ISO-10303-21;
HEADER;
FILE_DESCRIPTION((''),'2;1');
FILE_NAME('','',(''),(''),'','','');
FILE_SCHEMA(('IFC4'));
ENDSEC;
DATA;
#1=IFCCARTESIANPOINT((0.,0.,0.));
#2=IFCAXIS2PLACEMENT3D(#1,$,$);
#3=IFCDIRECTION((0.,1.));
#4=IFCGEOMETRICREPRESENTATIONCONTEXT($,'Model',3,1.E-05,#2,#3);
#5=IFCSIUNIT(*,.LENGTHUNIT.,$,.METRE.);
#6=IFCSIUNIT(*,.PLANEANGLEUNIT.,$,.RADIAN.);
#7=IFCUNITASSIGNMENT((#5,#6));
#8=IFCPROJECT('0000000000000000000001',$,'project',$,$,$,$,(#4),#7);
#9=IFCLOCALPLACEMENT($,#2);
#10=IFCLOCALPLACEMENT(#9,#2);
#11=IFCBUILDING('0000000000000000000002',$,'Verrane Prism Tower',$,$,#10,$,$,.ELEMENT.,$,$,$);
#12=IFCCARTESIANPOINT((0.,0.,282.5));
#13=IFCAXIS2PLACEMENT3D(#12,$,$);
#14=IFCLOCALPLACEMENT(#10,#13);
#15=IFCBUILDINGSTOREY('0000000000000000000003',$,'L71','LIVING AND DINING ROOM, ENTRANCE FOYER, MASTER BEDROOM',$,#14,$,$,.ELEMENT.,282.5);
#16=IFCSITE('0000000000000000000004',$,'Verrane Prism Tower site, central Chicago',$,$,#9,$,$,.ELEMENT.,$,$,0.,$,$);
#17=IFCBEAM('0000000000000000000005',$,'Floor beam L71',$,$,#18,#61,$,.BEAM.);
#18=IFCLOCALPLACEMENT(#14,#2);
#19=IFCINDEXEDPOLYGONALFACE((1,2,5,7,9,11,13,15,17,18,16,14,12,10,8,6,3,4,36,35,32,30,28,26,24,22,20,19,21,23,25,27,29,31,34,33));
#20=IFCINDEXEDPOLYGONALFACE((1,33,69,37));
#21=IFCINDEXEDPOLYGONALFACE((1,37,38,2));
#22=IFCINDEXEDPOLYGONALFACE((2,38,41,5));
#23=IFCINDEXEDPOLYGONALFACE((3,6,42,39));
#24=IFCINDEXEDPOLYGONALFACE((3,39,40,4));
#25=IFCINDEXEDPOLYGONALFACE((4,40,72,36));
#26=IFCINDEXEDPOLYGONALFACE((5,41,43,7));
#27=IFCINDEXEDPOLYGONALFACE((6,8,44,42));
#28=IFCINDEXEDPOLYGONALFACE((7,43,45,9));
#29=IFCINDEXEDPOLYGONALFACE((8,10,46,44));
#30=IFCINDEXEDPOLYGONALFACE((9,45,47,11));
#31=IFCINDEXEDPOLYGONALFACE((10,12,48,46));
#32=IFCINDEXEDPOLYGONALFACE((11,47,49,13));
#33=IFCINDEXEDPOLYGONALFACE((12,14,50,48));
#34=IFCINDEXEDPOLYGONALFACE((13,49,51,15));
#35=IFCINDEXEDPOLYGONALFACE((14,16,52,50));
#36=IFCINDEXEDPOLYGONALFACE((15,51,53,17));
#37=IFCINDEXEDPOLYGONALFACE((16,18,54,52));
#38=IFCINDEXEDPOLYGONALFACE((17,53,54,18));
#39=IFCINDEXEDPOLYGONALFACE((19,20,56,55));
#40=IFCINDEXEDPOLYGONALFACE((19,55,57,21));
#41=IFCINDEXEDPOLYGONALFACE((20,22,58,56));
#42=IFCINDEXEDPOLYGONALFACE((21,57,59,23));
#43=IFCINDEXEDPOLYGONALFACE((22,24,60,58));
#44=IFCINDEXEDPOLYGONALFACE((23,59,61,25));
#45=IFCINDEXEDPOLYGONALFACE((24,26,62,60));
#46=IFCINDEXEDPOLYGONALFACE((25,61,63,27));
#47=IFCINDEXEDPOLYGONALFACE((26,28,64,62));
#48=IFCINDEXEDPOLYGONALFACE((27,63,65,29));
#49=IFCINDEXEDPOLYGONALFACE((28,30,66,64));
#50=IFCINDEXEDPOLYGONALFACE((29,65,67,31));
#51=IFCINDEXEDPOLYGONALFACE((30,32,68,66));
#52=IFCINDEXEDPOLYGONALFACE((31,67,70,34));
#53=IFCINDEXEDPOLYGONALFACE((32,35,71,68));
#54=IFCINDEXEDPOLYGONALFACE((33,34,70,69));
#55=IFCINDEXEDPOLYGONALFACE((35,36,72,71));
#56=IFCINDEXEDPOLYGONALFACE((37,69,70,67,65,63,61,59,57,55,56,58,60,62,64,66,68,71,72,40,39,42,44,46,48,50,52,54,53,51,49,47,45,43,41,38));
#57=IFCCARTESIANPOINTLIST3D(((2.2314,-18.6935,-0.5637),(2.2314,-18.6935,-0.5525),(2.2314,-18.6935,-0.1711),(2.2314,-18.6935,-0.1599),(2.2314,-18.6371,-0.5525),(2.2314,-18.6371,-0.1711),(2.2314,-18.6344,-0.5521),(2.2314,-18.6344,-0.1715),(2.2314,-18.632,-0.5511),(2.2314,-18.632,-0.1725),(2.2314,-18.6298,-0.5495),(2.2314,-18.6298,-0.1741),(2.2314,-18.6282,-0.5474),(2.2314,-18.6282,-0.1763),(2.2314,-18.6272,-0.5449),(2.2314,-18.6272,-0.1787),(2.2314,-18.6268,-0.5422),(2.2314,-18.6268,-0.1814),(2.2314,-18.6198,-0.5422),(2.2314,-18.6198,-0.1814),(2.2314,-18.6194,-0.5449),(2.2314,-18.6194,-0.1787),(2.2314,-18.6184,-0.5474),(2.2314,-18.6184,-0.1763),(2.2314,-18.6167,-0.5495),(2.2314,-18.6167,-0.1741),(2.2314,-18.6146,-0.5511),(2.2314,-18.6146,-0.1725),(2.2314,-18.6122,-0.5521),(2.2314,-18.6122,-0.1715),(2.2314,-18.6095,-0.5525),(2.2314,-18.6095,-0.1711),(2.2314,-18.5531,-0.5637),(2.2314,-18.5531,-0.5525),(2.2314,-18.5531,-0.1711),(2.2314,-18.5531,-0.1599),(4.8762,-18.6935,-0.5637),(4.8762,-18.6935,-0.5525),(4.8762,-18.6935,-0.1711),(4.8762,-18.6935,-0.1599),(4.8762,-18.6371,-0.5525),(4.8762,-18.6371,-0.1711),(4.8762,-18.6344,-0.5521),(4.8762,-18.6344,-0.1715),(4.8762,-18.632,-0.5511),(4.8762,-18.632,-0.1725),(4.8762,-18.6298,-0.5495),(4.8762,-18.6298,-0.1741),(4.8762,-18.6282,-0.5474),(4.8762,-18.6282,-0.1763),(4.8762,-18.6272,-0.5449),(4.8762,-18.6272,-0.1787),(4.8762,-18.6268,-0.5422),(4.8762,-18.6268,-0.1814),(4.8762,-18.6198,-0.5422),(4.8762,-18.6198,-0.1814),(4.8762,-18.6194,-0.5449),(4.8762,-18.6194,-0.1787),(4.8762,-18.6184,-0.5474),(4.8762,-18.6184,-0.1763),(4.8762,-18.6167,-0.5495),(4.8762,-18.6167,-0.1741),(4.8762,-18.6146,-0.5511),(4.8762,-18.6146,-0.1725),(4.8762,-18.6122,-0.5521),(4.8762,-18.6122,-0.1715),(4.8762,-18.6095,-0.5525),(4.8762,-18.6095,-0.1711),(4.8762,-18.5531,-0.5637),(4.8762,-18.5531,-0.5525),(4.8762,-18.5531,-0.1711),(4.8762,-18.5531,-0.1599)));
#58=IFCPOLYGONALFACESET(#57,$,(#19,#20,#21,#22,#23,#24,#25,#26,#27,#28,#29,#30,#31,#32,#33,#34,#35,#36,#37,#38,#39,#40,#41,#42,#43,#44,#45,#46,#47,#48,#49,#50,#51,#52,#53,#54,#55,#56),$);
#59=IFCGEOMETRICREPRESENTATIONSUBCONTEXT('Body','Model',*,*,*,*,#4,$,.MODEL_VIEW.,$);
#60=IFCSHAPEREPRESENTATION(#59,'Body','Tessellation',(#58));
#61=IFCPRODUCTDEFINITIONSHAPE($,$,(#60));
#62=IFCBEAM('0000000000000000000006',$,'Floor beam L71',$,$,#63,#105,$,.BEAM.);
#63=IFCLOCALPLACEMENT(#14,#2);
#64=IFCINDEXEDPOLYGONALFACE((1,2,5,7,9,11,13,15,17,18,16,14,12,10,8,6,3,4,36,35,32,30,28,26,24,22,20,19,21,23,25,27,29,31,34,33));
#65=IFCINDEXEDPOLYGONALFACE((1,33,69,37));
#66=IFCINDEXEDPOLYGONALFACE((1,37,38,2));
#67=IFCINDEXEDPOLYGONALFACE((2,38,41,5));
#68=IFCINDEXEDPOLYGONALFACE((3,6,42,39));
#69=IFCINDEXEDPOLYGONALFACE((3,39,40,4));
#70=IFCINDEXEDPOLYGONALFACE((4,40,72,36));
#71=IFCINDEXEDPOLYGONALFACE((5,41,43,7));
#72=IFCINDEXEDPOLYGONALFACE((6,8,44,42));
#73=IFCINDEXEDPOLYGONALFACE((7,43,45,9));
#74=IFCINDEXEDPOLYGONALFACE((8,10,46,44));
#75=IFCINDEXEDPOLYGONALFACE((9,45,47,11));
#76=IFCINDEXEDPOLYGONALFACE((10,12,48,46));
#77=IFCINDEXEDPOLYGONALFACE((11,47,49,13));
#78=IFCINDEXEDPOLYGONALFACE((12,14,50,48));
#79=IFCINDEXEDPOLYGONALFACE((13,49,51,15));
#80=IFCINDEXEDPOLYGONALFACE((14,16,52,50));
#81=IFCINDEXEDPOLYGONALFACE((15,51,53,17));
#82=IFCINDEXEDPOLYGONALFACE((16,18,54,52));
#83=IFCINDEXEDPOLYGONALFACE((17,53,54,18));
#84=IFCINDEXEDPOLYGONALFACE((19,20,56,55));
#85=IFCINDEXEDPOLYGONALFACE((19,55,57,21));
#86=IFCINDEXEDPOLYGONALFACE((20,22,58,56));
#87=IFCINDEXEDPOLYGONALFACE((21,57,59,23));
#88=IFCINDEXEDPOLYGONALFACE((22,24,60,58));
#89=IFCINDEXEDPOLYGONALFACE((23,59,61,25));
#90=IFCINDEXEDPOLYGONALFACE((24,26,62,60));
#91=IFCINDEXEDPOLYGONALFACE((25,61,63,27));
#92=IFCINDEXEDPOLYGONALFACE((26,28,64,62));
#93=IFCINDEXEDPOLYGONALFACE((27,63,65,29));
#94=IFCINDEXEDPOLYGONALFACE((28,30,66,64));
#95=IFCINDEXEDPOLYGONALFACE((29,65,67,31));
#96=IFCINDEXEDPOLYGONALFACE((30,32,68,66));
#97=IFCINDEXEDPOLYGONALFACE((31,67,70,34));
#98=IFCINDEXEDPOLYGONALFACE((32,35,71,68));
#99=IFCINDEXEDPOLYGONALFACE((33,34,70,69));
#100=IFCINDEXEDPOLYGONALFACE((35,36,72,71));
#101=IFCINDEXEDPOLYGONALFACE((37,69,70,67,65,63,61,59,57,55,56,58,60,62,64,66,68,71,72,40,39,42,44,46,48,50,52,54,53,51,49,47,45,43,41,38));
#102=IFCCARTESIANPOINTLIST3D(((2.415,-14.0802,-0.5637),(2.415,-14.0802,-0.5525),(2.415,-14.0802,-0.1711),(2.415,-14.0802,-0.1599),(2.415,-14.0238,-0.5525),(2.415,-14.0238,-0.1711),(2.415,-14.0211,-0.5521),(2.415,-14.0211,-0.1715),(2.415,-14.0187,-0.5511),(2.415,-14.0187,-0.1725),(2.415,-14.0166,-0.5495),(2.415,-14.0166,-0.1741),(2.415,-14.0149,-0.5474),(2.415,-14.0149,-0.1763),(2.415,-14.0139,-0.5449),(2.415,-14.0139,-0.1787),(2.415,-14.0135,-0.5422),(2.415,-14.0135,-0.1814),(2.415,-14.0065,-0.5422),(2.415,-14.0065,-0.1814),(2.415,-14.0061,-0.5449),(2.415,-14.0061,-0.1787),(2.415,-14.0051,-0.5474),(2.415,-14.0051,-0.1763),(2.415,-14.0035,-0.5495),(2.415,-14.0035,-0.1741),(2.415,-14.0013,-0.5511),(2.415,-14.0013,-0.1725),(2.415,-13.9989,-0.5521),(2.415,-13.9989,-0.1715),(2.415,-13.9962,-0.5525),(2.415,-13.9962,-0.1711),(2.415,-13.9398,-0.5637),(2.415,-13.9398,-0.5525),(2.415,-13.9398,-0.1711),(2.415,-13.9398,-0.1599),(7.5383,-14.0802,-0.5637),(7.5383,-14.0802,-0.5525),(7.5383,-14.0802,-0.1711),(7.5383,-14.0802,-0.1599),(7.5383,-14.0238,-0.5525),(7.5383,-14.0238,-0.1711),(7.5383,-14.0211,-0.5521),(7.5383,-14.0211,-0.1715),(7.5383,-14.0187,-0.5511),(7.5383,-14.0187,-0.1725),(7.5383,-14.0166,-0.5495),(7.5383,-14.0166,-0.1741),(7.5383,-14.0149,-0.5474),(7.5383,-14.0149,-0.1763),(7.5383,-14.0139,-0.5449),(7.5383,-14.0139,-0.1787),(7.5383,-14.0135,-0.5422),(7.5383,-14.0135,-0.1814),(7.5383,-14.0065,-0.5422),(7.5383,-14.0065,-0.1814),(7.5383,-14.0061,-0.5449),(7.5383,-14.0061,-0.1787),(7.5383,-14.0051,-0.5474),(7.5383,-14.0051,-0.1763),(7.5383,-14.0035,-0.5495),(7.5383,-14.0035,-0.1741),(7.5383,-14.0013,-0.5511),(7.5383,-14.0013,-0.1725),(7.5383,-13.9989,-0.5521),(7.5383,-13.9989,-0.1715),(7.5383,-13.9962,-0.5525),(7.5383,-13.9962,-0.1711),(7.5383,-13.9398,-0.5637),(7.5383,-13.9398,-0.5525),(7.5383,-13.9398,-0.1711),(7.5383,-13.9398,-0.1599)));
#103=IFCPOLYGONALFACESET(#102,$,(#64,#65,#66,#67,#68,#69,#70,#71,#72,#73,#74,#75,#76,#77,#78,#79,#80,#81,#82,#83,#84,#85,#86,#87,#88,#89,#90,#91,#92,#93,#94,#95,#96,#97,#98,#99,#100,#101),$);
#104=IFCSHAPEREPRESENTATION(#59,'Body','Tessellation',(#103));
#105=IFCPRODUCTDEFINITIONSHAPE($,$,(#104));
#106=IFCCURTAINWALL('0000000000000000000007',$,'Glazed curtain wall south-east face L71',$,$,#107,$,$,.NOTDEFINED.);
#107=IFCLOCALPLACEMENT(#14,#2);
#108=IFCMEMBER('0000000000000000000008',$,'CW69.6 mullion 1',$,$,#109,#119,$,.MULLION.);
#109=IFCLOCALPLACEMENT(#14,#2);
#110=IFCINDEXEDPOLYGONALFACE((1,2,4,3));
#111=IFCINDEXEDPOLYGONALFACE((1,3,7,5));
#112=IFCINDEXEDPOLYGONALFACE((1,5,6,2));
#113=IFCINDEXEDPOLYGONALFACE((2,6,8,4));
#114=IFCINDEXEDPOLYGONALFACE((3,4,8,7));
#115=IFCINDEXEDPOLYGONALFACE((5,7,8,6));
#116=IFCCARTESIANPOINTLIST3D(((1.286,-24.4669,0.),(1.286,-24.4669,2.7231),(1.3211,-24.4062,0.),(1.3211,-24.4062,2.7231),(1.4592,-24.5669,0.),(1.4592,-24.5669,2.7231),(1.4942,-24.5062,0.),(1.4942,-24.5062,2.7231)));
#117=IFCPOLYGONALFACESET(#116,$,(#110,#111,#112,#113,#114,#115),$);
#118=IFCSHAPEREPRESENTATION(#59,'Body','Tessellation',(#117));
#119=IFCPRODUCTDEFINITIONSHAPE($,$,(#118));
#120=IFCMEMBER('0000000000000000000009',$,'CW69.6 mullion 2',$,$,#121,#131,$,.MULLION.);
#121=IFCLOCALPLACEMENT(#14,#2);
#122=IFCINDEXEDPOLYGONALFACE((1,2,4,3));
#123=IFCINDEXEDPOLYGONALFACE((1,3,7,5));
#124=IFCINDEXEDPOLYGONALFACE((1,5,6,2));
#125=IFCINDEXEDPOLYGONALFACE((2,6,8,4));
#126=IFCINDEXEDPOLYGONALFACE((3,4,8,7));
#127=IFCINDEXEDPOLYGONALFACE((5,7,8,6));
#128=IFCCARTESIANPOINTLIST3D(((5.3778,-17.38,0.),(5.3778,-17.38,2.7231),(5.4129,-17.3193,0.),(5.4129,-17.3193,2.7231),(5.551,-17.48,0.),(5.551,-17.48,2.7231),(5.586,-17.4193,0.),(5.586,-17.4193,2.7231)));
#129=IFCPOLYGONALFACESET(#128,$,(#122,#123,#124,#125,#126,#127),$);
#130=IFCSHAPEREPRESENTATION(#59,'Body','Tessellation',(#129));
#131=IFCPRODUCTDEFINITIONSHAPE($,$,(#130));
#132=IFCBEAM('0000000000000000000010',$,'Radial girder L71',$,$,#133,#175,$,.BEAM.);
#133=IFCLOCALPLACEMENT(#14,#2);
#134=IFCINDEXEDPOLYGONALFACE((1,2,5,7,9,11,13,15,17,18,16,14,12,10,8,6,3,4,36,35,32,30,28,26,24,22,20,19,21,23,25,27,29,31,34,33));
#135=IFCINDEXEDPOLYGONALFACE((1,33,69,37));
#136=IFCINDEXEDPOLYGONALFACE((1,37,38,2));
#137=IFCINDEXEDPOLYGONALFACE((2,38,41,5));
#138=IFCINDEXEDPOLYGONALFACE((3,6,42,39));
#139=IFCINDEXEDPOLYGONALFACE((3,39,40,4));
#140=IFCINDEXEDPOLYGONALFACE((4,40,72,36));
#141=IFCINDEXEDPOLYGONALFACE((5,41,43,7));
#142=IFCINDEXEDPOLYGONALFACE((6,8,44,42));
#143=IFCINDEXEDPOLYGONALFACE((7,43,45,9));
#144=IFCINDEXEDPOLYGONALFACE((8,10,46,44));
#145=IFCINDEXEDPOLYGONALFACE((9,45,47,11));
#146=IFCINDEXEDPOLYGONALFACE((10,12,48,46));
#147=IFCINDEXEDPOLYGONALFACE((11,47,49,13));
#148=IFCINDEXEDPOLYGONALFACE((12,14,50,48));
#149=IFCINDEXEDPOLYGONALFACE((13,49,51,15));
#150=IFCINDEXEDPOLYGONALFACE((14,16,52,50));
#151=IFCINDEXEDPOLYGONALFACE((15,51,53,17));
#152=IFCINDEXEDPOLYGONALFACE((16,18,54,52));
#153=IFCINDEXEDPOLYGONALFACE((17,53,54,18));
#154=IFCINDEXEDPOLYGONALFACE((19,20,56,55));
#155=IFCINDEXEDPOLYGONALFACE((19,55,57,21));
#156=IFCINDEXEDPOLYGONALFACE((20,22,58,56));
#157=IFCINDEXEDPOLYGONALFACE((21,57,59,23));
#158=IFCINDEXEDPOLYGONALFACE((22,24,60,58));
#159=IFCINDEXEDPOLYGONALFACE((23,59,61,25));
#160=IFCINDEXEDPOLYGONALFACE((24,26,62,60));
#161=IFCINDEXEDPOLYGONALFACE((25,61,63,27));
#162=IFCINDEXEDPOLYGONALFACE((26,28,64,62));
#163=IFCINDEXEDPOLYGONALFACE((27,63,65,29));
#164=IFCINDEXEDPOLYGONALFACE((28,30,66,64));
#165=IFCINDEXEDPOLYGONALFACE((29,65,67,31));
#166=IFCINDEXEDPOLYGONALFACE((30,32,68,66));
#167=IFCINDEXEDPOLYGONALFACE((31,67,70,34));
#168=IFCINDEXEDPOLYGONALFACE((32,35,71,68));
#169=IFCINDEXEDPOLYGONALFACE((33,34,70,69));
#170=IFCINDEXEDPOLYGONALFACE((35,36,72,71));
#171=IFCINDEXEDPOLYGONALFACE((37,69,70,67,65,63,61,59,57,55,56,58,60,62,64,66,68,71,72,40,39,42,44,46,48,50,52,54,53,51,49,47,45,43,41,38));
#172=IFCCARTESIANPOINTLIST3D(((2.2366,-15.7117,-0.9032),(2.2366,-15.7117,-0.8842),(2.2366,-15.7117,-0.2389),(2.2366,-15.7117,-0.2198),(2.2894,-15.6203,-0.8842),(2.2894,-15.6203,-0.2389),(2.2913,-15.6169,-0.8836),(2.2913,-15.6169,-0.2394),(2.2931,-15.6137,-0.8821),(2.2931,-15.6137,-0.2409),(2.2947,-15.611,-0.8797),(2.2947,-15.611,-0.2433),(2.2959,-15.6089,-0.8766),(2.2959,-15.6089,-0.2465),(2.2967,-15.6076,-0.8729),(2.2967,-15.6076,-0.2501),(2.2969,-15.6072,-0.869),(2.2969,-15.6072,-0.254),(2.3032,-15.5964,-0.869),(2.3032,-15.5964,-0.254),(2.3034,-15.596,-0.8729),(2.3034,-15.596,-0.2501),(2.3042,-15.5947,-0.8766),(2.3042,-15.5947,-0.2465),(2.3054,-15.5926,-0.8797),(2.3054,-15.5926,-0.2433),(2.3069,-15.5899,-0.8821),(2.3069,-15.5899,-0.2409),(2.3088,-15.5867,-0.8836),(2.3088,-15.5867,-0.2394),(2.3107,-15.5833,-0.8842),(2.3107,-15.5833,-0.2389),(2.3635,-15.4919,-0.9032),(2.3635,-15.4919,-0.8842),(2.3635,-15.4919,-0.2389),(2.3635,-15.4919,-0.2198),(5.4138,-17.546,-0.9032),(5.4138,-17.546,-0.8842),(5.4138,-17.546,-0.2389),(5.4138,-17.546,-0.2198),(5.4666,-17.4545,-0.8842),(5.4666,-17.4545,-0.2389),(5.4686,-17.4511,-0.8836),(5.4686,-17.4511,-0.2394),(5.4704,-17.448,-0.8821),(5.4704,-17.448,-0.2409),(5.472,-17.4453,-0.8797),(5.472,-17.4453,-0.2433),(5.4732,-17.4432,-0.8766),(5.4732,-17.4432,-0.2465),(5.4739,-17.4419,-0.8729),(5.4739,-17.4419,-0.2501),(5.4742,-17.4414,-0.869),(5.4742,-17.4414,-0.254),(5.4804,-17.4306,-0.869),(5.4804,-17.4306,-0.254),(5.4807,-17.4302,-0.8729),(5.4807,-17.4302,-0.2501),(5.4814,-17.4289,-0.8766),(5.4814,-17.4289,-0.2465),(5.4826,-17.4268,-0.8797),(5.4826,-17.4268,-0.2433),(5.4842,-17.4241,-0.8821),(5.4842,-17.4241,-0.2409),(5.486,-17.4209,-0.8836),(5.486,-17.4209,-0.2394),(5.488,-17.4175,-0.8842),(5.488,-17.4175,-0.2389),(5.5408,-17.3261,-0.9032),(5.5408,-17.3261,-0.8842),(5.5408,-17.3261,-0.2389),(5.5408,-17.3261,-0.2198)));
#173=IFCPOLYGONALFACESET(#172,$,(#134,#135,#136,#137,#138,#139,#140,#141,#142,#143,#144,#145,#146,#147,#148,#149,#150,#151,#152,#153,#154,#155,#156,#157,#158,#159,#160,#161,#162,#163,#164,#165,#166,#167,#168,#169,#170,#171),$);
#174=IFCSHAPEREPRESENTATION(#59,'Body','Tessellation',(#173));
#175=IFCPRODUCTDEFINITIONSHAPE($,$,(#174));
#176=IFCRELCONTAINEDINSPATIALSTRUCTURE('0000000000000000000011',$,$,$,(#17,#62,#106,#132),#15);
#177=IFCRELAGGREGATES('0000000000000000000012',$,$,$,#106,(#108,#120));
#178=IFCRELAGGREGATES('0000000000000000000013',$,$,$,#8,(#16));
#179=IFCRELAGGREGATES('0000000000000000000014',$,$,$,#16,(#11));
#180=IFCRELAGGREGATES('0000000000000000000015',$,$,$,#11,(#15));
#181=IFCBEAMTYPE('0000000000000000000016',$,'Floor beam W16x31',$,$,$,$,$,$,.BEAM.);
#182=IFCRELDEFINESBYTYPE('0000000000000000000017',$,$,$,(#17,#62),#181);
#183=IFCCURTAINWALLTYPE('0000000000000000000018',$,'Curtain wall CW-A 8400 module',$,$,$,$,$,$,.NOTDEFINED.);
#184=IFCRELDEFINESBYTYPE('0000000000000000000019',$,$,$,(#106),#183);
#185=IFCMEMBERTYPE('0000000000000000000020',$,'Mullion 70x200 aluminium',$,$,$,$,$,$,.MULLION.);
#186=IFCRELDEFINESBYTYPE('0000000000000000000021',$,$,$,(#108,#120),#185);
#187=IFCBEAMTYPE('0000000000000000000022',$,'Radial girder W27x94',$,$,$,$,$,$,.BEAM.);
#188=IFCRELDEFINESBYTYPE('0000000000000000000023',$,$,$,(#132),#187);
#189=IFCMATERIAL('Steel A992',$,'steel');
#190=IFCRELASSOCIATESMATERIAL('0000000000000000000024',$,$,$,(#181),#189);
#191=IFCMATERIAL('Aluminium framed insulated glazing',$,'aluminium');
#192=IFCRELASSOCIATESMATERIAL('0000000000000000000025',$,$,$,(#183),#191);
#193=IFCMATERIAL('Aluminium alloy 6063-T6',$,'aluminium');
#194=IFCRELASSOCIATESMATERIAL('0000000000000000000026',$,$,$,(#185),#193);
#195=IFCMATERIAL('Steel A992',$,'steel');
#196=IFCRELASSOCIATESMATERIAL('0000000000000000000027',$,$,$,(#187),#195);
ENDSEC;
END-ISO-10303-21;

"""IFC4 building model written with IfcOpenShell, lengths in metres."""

from ifc_helpers import new_model, si_unit, direction, frame, origin, origin_2d, place, context, subcontext, project, spatial, rectangle, i_section, extrude, material, material_profile, profile_set, type_object, element, aggregate, save


model = new_model("IFC4")

# Units and contexts
model_context = context("Model", 3, precision=1e-05, world=origin(), true_north=direction((0.0, 1.0)))
body_context = subcontext(model_context, "Body", "Model", "MODEL_VIEW")
ifc_project = project(units=[si_unit("LENGTHUNIT", "METRE"), si_unit("PLANEANGLEUNIT", "RADIAN")], contexts=[model_context])

# Site, building, storey
site_placement = place(None, origin())
site = spatial("IfcSite", under=ifc_project, at=site_placement, Name="Verrane Prism Tower site, central Chicago", CompositionType="ELEMENT", RefElevation=0.0)
building_placement = place(site_placement, origin())
building = spatial("IfcBuilding", under=site, at=building_placement, Name="Verrane Prism Tower", CompositionType="ELEMENT")
storey_placement = place(building_placement, frame((0.0, 0.0, 282.5)))
storey = spatial("IfcBuildingStorey", under=building, at=storey_placement, Name="L71", Description="LIVING AND DINING ROOM, ENTRANCE FOYER, MASTER BEDROOM", CompositionType="ELEMENT", Elevation=282.5)

# Beams
ifc_material_1 = material(Name="Steel A992", Category="steel")
ifc_material_profile_1 = material_profile(ifc_material_1, i_section(OverallWidth=0.1404, OverallDepth=0.4038, WebThickness=0.0071, FlangeThickness=0.0112, FilletRadius=0.0103, at=origin_2d()), Name="W16x31")
ifc_profile_set_1 = profile_set([ifc_material_profile_1], Name="Steel A992")
beam_type_1 = type_object("IfcBeamType", Name="Floor beam W16x31", PredefinedType="BEAM", material=ifc_profile_set_1)
beam_1_placement = place(storey_placement, frame((2.2314, -18.6233, -0.3618), z_axis=(1.0, 0.0, 0.0), x_axis=(0.0, 1.0, 0.0)))
element("IfcBeam", 1, at=beam_1_placement, inside=storey, type_object=beam_type_1, Name="Floor beam L71", PredefinedType="BEAM", context=body_context, shape_type="SweptSolid", body=[
    extrude(i_section(OverallWidth=0.1404, OverallDepth=0.4038, WebThickness=0.0071, FlangeThickness=0.0112, FilletRadius=0.0103, at=origin_2d()), origin(), (0.0, 0.0, 1.0), 2.6448),
])
beam_2_placement = place(storey_placement, frame((2.415, -14.01, -0.3618), z_axis=(1.0, 0.0, 0.0), x_axis=(0.0, 1.0, 0.0)))
element("IfcBeam", 2, at=beam_2_placement, inside=storey, type_object=beam_type_1, Name="Floor beam L71", PredefinedType="BEAM", context=body_context, shape_type="SweptSolid", body=[
    extrude(i_section(OverallWidth=0.1404, OverallDepth=0.4038, WebThickness=0.0071, FlangeThickness=0.0112, FilletRadius=0.0103, at=origin_2d()), origin(), (0.0, 0.0, 1.0), 5.1233),
])

# Curtain wall, members
ifc_material_2 = material(Name="Aluminium framed insulated glazing", Category="aluminium")
curtain_wall_type = type_object("IfcCurtainWallType", Name="Curtain wall CW-A 8400 module", PredefinedType="NOTDEFINED", material=ifc_material_2)
curtain_wall_1_placement = place(storey_placement, origin())
curtain_wall_1 = element("IfcCurtainWall", 3, at=curtain_wall_1_placement, inside=storey, type_object=curtain_wall_type, Name="Glazed curtain wall south-east face L71", PredefinedType="NOTDEFINED")
ifc_material_3 = material(Name="Aluminium alloy 6063-T6", Category="aluminium")
ifc_material_profile_2 = material_profile(ifc_material_3, rectangle(XDim=0.2, YDim=0.0701, at=origin_2d()), Name="Mullion 70x200 aluminium")
ifc_profile_set_2 = profile_set([ifc_material_profile_2], Name="Aluminium alloy 6063-T6")
member_type_1 = type_object("IfcMemberType", Name="Mullion 70x200 aluminium", PredefinedType="MULLION", material=ifc_profile_set_2)
member_1_placement = place(storey_placement, frame((1.3901, -24.4866, 0.0), z_axis=(0.0, 0.0, 1.0), x_axis=(-0.866025, 0.500001, 0.0)))
member_1 = element("IfcMember", 4, at=member_1_placement, type_object=member_type_1, Name="CW69.6 mullion 1", PredefinedType="MULLION", context=body_context, shape_type="SweptSolid", body=[
    extrude(rectangle(XDim=0.2, YDim=0.0701, at=origin_2d()), origin(), (0.0, 0.0, 1.0), 2.7231),
])
member_2_placement = place(storey_placement, frame((5.4819, -17.3997, 0.0), z_axis=(0.0, 0.0, 1.0), x_axis=(-0.866025, 0.500001, 0.0)))
member_2 = element("IfcMember", 5, at=member_2_placement, type_object=member_type_1, Name="CW69.6 mullion 2", PredefinedType="MULLION", context=body_context, shape_type="SweptSolid", body=[
    extrude(rectangle(XDim=0.2, YDim=0.0701, at=origin_2d()), origin(), (0.0, 0.0, 1.0), 2.7231),
])

# Beam
ifc_material_4 = material(Name="Steel A992", Category="steel")
ifc_material_profile_3 = material_profile(ifc_material_4, i_section(OverallWidth=0.2539, OverallDepth=0.6833, WebThickness=0.0125, FlangeThickness=0.019, FilletRadius=0.0151, at=origin_2d()), Name="W27x94")
ifc_profile_set_3 = profile_set([ifc_material_profile_3], Name="Steel A992")
beam_type_2 = type_object("IfcBeamType", Name="Radial girder W27x94", PredefinedType="BEAM", material=ifc_profile_set_3)
beam_3_placement = place(storey_placement, frame((5.4773, -17.436, -0.5615), z_axis=(-0.866044, 0.499968, 0.0), x_axis=(-0.499968, -0.866044, 0.0)))
element("IfcBeam", 6, at=beam_3_placement, inside=storey, type_object=beam_type_2, Name="Radial girder L71", PredefinedType="BEAM", context=body_context, shape_type="SweptSolid", body=[
    extrude(i_section(OverallWidth=0.2539, OverallDepth=0.6833, WebThickness=0.0125, FlangeThickness=0.019, FilletRadius=0.0151, at=origin_2d()), origin(), (0.0, 0.0, 1.0), 3.6687),
])

aggregate(curtain_wall_1, [member_1, member_2])

save(model, "model.ifc")
